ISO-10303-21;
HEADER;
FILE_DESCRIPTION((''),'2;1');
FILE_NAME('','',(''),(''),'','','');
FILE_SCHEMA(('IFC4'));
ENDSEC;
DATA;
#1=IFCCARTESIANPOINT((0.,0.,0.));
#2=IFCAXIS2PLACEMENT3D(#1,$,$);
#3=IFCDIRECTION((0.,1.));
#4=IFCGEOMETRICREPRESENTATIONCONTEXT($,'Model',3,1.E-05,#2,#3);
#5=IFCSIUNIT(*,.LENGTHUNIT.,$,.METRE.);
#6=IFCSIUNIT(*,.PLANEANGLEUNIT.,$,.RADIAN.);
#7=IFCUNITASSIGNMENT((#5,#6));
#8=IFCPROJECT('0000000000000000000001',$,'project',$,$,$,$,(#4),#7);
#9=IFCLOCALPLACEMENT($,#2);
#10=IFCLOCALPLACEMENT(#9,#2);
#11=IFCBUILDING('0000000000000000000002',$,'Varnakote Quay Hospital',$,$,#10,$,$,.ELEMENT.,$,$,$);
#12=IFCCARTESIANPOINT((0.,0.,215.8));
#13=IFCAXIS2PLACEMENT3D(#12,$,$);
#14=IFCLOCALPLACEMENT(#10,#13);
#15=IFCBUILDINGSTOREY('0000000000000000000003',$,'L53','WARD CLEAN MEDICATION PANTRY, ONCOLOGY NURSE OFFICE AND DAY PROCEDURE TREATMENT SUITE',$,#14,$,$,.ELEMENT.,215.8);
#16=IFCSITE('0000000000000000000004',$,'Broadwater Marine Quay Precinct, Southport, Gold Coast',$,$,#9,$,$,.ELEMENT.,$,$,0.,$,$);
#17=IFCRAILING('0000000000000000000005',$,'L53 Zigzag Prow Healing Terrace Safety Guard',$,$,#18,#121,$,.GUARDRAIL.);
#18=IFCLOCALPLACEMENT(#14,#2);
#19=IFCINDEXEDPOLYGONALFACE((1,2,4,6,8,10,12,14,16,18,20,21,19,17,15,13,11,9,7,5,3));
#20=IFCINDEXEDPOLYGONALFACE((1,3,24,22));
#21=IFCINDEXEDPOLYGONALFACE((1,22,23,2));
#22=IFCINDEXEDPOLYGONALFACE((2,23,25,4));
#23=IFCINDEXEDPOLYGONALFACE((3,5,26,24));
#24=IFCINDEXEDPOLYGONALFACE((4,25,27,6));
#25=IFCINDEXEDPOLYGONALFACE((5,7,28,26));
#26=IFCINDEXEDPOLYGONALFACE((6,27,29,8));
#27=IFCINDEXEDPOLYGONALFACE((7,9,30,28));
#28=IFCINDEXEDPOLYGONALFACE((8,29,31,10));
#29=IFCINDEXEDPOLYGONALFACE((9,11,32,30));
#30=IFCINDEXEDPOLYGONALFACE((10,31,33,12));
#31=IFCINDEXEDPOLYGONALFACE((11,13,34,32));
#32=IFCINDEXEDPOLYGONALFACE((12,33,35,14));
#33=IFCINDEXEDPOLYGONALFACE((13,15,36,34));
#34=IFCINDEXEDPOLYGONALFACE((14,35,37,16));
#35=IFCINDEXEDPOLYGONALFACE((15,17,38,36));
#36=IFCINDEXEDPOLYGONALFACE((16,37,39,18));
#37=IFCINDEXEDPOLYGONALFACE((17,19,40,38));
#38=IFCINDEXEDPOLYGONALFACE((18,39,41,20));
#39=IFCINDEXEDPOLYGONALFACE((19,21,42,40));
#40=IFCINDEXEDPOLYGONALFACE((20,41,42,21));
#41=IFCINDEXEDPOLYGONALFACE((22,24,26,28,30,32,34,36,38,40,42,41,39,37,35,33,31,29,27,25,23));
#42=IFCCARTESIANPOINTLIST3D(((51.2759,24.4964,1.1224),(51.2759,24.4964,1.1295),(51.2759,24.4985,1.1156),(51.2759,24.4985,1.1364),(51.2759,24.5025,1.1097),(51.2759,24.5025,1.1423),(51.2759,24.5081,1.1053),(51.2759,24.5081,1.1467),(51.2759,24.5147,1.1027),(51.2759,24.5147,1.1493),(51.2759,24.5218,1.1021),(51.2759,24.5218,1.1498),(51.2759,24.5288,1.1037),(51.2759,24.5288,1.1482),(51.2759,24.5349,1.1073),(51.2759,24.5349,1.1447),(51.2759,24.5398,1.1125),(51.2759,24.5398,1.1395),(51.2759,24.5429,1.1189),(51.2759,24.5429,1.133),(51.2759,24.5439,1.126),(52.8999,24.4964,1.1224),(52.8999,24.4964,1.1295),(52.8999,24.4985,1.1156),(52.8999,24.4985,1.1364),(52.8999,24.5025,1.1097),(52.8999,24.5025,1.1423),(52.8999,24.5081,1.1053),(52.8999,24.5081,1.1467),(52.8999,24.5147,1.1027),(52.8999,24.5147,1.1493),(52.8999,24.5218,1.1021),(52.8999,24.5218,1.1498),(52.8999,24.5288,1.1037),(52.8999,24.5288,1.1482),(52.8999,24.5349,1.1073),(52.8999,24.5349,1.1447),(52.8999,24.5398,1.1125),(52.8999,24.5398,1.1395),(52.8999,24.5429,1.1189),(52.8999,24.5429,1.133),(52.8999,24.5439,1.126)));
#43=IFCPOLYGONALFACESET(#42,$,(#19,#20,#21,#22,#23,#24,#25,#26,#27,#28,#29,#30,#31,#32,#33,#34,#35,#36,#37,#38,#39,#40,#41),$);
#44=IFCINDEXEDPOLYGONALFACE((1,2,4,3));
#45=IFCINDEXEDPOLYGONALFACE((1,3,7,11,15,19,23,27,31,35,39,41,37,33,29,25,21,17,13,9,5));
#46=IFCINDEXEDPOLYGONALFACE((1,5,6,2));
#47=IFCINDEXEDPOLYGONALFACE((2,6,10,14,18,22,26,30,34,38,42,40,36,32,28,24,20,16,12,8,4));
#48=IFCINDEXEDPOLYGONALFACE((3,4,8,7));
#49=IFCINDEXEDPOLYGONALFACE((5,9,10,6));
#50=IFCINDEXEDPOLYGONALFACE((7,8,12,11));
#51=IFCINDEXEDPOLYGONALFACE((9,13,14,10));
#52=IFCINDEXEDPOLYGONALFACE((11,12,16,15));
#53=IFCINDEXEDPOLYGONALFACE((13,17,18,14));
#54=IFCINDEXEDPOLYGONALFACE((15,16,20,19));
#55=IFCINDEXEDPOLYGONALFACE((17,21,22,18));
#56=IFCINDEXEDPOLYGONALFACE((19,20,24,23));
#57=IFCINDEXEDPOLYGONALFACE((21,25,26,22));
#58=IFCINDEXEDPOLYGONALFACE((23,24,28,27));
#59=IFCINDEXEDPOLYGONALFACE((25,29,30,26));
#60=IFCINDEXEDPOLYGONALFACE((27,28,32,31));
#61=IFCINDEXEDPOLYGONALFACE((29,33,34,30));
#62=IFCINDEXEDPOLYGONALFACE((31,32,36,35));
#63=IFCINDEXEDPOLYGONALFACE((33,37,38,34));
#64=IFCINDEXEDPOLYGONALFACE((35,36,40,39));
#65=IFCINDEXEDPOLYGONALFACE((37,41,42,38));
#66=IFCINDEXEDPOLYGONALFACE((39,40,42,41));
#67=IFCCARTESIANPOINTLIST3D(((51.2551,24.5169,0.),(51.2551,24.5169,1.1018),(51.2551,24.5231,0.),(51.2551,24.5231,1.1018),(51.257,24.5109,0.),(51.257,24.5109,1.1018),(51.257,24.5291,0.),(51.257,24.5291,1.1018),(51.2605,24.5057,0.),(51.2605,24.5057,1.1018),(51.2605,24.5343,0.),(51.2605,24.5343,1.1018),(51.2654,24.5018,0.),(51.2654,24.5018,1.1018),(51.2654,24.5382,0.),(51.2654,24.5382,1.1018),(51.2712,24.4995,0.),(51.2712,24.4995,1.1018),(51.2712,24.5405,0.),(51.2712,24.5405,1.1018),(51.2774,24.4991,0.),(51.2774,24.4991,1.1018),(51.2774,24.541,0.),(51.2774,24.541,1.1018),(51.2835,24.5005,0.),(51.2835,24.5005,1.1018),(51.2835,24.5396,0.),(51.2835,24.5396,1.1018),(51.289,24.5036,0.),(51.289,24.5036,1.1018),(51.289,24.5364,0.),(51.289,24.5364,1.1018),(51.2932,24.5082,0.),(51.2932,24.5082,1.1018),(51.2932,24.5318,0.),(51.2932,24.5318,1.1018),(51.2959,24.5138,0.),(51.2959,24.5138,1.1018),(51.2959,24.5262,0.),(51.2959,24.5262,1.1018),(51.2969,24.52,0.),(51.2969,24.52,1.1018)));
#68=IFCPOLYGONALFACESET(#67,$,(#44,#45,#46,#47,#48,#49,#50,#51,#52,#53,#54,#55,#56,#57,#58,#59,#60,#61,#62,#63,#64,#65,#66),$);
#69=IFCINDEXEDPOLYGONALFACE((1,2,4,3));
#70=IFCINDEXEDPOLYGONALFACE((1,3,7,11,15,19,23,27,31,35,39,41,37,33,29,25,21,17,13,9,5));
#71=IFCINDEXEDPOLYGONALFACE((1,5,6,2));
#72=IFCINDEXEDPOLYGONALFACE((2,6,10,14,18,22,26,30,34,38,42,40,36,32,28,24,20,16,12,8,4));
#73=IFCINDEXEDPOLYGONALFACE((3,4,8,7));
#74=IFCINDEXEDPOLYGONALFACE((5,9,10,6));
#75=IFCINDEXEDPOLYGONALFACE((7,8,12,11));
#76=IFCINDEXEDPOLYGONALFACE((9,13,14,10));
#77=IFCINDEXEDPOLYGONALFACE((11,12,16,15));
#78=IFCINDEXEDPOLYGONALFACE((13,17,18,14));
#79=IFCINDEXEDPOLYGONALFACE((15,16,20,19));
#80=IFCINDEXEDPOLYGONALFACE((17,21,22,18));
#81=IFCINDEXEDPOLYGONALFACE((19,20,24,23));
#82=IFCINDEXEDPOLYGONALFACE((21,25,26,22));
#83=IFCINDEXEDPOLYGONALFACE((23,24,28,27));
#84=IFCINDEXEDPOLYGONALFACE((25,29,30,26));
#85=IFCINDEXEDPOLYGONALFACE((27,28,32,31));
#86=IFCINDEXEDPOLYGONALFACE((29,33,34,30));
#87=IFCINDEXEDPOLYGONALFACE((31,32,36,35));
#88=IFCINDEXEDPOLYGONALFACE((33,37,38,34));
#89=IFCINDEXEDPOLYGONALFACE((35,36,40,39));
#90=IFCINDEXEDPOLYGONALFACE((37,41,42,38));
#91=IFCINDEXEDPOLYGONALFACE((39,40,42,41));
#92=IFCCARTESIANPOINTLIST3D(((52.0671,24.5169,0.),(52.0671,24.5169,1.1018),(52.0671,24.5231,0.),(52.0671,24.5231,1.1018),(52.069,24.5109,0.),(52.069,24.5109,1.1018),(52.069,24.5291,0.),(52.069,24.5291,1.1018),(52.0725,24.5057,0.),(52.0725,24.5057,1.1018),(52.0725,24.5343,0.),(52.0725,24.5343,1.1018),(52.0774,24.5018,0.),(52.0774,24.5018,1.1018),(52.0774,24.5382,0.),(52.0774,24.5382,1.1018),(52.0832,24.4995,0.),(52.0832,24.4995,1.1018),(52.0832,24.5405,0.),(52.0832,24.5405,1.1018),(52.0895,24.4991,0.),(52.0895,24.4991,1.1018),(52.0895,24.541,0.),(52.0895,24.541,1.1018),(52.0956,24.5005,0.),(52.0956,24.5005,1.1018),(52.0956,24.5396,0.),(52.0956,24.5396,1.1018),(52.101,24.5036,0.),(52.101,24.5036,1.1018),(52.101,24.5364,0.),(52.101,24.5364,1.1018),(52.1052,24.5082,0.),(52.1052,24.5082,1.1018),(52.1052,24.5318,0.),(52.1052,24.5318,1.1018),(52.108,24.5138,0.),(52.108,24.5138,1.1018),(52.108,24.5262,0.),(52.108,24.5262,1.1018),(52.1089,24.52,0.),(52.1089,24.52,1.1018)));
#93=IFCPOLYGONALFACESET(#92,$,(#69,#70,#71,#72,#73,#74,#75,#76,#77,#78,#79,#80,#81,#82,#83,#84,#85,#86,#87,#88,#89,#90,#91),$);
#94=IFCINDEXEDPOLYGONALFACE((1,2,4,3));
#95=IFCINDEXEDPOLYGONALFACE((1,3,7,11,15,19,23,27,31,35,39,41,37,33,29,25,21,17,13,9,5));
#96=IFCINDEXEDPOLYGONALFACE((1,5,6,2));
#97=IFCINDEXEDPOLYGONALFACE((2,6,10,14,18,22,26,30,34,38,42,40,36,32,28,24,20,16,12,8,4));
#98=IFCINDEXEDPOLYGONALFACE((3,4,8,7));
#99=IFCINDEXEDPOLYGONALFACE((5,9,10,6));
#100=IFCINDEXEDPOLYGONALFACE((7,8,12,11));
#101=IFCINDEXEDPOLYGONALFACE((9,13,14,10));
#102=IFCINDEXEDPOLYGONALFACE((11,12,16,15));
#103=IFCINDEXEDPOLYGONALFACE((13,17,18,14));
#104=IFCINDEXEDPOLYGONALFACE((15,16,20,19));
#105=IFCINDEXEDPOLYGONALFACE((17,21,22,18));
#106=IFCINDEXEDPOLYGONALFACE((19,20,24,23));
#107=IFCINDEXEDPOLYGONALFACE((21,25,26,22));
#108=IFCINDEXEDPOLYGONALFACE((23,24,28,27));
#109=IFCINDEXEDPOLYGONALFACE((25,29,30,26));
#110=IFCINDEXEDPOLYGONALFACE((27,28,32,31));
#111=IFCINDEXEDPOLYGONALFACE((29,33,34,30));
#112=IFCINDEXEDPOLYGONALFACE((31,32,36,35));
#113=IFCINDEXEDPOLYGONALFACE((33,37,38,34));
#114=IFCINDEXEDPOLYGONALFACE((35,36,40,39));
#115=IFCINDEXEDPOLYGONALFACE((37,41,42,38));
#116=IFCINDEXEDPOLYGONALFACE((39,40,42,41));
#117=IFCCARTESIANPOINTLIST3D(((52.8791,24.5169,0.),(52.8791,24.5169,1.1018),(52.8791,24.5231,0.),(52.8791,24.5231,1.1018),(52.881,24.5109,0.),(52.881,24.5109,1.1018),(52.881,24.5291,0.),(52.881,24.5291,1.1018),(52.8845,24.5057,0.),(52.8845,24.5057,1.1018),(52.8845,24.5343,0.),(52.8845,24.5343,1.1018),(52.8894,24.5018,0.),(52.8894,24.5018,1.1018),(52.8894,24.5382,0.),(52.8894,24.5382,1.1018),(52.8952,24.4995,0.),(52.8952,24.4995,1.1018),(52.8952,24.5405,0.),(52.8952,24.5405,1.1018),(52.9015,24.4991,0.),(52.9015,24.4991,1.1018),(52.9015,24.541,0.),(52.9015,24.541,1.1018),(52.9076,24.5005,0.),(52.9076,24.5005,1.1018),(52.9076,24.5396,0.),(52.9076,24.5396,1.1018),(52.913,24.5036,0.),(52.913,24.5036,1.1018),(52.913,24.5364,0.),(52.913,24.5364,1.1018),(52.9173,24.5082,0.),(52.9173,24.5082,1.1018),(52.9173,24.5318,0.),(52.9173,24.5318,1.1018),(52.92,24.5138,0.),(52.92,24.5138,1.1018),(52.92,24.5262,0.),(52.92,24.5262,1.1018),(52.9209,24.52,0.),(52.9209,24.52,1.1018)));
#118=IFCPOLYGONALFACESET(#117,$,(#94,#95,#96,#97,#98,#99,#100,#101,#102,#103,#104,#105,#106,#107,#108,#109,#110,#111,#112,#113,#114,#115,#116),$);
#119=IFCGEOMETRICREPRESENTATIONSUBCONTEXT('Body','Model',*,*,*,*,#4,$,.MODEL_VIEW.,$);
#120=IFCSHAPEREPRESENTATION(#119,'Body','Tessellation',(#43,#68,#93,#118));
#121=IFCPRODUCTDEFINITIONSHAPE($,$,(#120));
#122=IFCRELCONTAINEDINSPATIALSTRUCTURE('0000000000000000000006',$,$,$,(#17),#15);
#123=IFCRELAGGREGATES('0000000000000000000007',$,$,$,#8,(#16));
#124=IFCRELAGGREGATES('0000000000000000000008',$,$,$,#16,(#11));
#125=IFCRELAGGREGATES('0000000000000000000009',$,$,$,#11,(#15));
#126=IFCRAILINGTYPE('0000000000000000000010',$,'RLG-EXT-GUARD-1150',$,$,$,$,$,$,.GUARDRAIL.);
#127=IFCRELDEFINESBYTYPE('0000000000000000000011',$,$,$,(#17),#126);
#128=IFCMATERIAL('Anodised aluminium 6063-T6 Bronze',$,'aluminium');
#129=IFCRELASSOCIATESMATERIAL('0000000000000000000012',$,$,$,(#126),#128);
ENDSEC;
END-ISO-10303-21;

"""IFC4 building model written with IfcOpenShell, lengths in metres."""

from ifc_helpers import new_model, si_unit, direction, frame, origin, origin_2d, place, context, subcontext, project, spatial, circle, extrude, material, type_object, element, save


model = new_model("IFC4")

# Units and contexts
model_context = context("Model", 3, precision=1e-05, world=origin(), true_north=direction((0.0, 1.0)))
body_context = subcontext(model_context, "Body", "Model", "MODEL_VIEW")
ifc_project = project(units=[si_unit("LENGTHUNIT", "METRE"), si_unit("PLANEANGLEUNIT", "RADIAN")], contexts=[model_context])

# Site, building, storey
site_placement = place(None, origin())
site = spatial("IfcSite", under=ifc_project, at=site_placement, Name="Broadwater Marine Quay Precinct, Southport, Gold Coast", CompositionType="ELEMENT", RefElevation=0.0)
building_placement = place(site_placement, origin())
building = spatial("IfcBuilding", under=site, at=building_placement, Name="Varnakote Quay Hospital", CompositionType="ELEMENT")
storey_placement = place(building_placement, frame((0.0, 0.0, 215.8)))
storey = spatial("IfcBuildingStorey", under=building, at=storey_placement, Name="L53", Description="WARD CLEAN MEDICATION PANTRY, ONCOLOGY NURSE OFFICE AND DAY PROCEDURE TREATMENT SUITE", CompositionType="ELEMENT", Elevation=215.8)

# Railing
ifc_material_1 = material(Name="Anodised aluminium 6063-T6 Bronze", Category="aluminium")
railing_type = type_object("IfcRailingType", Name="RLG-EXT-GUARD-1150", PredefinedType="GUARDRAIL", material=ifc_material_1)
railing_1_placement = place(storey_placement, frame((51.2759, 24.52, 0.0)))
element("IfcRailing", 1, at=railing_1_placement, inside=storey, type_object=railing_type, Name="L53 Zigzag Prow Healing Terrace Safety Guard", PredefinedType="GUARDRAIL", context=body_context, shape_type="SweptSolid", body=[
    extrude(circle(Radius=0.0239, at=origin_2d()), frame((0.0, 0.0, 1.126), z_axis=(1.0, 0.0, 0.0), x_axis=(0.0, 1.0, 0.0)), (0.0, 0.0, 1.0), 1.624),
    extrude(circle(Radius=0.021, at=origin_2d()), origin(), (0.0, 0.0, 1.0), 1.1018),
    extrude(circle(Radius=0.021, at=origin_2d()), frame((0.812, 0.0, 0.0)), (0.0, 0.0, 1.0), 1.1018),
    extrude(circle(Radius=0.021, at=origin_2d()), frame((1.624, 0.0, 0.0)), (0.0, 0.0, 1.0), 1.1018),
])

save(model, "model.ifc")
